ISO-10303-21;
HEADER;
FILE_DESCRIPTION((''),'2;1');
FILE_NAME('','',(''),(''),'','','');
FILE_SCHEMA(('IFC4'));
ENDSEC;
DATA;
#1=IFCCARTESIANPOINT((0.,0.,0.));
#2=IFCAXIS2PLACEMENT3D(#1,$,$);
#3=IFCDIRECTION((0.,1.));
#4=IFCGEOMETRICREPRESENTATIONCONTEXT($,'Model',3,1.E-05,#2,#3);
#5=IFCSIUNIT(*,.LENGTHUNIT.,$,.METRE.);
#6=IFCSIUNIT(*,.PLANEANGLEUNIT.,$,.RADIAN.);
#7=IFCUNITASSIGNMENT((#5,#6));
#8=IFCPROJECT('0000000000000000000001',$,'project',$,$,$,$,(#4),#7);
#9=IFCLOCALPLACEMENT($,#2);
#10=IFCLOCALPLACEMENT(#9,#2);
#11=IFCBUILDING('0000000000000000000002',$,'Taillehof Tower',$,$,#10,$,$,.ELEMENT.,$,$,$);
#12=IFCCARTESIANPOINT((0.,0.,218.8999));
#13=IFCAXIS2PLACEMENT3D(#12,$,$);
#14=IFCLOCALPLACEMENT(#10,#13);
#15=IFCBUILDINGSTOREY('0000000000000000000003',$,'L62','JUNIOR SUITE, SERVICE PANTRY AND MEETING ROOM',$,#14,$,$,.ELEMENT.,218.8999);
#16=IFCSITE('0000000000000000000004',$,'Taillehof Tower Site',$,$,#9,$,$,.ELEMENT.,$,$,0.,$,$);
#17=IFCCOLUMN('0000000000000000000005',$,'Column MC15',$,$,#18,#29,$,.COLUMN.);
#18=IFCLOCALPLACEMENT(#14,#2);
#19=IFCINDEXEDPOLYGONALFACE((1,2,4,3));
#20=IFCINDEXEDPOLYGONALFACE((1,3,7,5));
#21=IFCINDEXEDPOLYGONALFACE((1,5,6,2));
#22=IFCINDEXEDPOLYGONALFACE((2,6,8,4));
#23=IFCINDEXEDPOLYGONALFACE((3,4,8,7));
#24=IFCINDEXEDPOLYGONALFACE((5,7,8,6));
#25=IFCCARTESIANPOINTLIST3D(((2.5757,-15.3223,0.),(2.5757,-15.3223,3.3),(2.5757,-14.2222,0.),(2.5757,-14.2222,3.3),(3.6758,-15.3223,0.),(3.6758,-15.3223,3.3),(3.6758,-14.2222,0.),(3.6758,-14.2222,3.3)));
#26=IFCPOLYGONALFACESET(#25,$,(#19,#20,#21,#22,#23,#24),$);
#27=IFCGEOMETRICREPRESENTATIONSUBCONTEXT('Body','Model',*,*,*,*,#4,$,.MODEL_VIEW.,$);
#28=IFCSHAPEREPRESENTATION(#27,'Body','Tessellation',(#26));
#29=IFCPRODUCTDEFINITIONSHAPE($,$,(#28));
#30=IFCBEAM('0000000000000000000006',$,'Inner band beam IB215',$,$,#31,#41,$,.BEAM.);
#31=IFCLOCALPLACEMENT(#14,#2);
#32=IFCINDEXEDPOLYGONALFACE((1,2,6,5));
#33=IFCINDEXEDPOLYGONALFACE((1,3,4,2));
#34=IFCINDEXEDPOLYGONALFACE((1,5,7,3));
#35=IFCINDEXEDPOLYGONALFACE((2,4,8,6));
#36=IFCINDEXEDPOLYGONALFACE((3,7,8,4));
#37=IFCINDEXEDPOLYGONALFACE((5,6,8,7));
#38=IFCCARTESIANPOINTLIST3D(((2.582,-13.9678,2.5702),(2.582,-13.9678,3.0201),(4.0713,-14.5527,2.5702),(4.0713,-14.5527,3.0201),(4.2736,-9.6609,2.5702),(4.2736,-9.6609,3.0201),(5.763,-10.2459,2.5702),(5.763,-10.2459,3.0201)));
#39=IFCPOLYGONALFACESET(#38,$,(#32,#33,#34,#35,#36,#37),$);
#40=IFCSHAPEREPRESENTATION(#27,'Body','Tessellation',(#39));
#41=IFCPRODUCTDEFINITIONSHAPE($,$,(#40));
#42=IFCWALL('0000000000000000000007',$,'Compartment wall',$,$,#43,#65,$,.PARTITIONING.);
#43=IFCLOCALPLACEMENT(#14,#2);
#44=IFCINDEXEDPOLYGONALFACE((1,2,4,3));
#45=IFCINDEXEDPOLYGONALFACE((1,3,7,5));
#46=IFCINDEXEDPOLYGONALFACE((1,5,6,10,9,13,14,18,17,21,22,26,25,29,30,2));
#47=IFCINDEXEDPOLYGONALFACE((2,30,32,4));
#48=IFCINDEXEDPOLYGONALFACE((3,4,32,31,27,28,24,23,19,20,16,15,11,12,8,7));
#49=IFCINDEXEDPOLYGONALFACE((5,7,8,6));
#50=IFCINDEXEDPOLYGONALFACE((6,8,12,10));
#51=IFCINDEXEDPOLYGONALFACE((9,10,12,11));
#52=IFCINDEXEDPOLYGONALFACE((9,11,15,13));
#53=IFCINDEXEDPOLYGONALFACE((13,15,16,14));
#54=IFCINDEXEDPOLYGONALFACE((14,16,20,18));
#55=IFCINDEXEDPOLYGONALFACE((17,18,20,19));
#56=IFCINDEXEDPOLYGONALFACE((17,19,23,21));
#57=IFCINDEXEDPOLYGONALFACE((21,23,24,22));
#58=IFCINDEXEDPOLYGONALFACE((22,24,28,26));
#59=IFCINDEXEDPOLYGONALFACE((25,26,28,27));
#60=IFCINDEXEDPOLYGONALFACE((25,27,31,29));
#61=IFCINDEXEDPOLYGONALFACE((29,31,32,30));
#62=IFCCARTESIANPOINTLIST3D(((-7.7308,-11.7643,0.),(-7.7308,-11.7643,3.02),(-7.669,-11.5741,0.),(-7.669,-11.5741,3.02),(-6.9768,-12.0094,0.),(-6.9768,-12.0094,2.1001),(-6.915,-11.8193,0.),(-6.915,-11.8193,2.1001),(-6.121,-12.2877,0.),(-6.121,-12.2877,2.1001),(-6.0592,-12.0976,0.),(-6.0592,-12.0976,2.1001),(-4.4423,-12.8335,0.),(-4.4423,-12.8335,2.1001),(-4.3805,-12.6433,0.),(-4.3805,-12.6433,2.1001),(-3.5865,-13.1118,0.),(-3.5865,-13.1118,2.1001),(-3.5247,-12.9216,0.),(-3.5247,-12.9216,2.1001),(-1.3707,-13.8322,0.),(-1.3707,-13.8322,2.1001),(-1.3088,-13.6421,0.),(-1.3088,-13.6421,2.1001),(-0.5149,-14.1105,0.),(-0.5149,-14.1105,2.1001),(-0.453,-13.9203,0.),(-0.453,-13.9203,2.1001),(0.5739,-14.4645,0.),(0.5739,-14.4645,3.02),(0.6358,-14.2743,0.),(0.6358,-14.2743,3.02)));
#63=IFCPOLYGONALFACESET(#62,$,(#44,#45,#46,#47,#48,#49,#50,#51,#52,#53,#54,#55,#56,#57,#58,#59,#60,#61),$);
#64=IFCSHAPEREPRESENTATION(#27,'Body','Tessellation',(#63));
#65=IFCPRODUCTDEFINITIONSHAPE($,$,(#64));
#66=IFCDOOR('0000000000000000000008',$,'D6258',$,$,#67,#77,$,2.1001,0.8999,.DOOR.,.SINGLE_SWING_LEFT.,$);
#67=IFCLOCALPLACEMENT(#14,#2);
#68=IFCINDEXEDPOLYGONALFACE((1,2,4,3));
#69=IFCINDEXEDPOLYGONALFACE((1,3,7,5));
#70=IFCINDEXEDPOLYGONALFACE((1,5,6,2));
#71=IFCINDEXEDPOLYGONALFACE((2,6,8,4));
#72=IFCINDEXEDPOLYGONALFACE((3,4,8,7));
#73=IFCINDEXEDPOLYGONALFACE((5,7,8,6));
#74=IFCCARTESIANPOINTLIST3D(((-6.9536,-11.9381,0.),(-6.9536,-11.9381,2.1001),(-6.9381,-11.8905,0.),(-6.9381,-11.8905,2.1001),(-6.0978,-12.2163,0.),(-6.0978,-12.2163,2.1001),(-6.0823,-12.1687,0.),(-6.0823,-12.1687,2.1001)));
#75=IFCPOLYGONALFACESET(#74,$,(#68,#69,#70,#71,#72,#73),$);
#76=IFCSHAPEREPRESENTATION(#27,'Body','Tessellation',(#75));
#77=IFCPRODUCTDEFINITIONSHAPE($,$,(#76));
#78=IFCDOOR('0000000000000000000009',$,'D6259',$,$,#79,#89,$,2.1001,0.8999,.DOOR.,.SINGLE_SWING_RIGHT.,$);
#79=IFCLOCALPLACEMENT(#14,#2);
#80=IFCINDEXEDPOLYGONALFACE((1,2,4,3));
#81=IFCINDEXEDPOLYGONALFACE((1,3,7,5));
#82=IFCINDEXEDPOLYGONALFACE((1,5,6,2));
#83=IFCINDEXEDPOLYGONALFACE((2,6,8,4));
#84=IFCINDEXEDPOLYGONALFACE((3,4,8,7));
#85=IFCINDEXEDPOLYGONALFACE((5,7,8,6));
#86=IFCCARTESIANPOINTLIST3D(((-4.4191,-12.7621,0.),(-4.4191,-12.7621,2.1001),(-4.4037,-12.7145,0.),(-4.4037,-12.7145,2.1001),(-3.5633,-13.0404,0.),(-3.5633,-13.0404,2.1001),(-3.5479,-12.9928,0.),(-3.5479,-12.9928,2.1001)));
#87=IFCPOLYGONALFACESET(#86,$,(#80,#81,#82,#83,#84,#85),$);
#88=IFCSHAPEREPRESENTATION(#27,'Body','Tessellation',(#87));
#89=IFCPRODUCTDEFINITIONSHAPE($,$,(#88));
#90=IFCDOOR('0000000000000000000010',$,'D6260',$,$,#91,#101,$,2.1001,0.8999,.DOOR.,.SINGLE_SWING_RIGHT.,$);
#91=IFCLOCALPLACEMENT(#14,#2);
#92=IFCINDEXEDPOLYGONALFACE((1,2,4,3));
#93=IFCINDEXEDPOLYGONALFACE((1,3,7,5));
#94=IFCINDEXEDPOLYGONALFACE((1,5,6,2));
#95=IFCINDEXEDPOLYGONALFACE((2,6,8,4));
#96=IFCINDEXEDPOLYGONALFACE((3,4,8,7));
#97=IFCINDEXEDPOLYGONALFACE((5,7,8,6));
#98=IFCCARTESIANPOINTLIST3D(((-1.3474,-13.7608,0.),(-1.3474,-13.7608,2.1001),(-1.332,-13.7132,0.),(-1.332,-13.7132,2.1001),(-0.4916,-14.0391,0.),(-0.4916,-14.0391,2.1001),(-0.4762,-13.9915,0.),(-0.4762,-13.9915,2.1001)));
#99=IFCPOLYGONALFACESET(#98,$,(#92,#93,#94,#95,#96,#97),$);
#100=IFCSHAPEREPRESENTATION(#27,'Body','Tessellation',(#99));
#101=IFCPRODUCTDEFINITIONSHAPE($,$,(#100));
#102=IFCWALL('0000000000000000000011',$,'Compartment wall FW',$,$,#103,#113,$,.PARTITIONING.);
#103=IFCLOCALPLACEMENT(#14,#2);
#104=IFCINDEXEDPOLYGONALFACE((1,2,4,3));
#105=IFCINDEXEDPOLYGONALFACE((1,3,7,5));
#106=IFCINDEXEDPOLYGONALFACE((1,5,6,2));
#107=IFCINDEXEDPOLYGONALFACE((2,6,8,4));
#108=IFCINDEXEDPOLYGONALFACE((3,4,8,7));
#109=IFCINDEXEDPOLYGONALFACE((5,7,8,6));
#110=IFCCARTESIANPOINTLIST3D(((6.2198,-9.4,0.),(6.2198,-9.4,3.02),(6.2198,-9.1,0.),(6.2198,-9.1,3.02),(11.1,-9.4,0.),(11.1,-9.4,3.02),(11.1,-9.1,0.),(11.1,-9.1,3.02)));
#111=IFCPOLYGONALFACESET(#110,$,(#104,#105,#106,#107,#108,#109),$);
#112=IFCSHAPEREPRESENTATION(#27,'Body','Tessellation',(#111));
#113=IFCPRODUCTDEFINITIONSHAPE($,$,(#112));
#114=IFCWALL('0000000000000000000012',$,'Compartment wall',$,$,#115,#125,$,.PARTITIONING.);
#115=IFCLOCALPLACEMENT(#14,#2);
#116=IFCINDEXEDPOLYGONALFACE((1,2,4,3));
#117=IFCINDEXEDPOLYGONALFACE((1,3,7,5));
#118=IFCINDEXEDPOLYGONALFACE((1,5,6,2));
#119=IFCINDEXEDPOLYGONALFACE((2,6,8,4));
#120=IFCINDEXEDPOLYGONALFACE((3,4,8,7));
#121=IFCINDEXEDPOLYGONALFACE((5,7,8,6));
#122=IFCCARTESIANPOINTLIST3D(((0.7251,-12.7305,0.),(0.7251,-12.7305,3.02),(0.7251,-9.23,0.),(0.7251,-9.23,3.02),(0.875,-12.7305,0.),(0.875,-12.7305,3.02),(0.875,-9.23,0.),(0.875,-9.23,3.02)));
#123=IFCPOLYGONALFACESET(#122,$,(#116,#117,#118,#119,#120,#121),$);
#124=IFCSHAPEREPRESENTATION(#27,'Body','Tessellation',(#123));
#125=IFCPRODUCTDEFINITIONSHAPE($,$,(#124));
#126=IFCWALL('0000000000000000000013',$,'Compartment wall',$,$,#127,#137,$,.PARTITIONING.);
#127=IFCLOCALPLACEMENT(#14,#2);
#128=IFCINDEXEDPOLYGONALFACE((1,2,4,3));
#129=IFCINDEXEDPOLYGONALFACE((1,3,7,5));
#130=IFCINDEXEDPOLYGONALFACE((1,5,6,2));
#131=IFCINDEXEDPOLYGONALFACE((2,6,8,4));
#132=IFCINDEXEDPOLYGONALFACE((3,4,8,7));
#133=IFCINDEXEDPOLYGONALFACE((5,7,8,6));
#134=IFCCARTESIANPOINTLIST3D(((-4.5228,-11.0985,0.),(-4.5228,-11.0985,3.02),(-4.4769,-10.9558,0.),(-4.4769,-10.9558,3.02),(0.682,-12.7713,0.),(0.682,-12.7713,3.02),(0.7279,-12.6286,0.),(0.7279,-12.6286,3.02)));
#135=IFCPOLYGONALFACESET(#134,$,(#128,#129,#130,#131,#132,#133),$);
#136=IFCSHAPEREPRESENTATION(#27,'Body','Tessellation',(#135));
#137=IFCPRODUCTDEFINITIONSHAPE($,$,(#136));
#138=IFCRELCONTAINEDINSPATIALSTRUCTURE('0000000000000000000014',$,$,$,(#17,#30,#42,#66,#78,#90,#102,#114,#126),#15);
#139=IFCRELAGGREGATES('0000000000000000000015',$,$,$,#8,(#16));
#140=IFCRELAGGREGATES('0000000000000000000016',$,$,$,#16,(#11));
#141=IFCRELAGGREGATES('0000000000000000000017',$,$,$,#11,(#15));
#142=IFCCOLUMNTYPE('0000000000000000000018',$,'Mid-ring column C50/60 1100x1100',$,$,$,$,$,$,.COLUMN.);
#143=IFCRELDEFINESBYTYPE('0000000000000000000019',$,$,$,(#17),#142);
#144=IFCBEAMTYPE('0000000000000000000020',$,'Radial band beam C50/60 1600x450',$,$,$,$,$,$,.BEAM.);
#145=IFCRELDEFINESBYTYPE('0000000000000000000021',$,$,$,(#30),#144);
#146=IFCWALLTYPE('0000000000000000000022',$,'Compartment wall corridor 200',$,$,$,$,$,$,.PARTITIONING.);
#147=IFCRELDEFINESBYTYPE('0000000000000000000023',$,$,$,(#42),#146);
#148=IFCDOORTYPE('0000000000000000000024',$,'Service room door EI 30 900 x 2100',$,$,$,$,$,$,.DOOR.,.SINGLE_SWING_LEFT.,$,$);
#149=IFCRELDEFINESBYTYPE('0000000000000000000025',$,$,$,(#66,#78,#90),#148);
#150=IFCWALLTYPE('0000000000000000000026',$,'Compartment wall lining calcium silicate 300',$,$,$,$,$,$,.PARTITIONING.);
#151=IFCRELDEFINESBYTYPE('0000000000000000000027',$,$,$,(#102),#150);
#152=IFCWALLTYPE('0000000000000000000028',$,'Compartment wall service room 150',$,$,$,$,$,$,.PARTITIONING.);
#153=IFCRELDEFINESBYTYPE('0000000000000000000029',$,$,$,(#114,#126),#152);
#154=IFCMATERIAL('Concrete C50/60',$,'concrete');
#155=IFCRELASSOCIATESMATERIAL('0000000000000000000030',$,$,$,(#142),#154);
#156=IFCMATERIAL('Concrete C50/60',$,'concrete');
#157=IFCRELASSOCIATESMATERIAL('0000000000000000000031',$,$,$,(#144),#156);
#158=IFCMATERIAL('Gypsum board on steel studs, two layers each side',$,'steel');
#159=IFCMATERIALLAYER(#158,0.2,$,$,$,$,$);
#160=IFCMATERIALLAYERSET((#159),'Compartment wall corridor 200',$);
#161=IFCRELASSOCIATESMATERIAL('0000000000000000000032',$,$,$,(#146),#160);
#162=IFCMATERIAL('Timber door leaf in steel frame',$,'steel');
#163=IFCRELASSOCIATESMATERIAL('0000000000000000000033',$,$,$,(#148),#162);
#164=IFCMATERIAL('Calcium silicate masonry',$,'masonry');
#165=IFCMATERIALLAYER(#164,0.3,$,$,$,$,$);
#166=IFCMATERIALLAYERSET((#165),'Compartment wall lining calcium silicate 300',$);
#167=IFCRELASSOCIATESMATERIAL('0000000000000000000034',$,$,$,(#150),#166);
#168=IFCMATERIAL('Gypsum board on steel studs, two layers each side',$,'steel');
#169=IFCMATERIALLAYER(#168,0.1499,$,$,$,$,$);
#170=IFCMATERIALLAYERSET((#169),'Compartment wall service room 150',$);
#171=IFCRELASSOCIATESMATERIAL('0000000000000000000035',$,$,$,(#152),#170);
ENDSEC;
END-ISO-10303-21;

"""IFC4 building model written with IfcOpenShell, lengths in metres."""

from ifc_helpers import new_model, si_unit, direction, frame, frame_2d, origin, origin_2d, place, context, subcontext, project, spatial, rectangle, extrude, material, layer, layer_set, material_profile, profile_set, type_object, element, fill, save


model = new_model("IFC4")

# Units and contexts
model_context = context("Model", 3, precision=1e-05, world=origin(), true_north=direction((0.0, 1.0)))
body_context = subcontext(model_context, "Body", "Model", "MODEL_VIEW")
ifc_project = project(units=[si_unit("LENGTHUNIT", "METRE"), si_unit("PLANEANGLEUNIT", "RADIAN")], contexts=[model_context])

# Site, building, storey
site_placement = place(None, origin())
site = spatial("IfcSite", under=ifc_project, at=site_placement, Name="Taillehof Tower Site", CompositionType="ELEMENT", RefElevation=0.0)
building_placement = place(site_placement, origin())
building = spatial("IfcBuilding", under=site, at=building_placement, Name="Taillehof Tower", CompositionType="ELEMENT")
storey_placement = place(building_placement, frame((0.0, 0.0, 218.8999)))
storey = spatial("IfcBuildingStorey", under=building, at=storey_placement, Name="L62", Description="JUNIOR SUITE, SERVICE PANTRY AND MEETING ROOM", CompositionType="ELEMENT", Elevation=218.8999)

# Column
ifc_material_1 = material(Name="Concrete C50/60", Category="concrete")
ifc_material_profile_1 = material_profile(ifc_material_1, rectangle(XDim=1.1001, YDim=1.1001, at=origin_2d()), Name="RC 1100x1100")
ifc_profile_set_1 = profile_set([ifc_material_profile_1], Name="Concrete C50/60")
column_type = type_object("IfcColumnType", Name="Mid-ring column C50/60 1100x1100", PredefinedType="COLUMN", material=ifc_profile_set_1)
column_placement = place(storey_placement, frame((3.1257, -14.7722, 0.0), z_axis=(0.0, 0.0, 1.0), x_axis=(1.0, 0.0, 0.0)))
element("IfcColumn", 1, at=column_placement, inside=storey, type_object=column_type, Name="Column MC15", PredefinedType="COLUMN", context=body_context, shape_type="SweptSolid", body=[
    extrude(rectangle(XDim=1.1001, YDim=1.1001, at=origin_2d()), origin(), (0.0, 0.0, 1.0), 3.3),
])

# Beam
ifc_material_2 = material(Name="Concrete C50/60", Category="concrete")
ifc_material_profile_2 = material_profile(ifc_material_2, rectangle(XDim=1.6001, YDim=0.45, at=origin_2d()), Name="RC 1600x450")
ifc_profile_set_2 = profile_set([ifc_material_profile_2], Name="Concrete C50/60")
beam_type = type_object("IfcBeamType", Name="Radial band beam C50/60 1600x450", PredefinedType="BEAM", material=ifc_profile_set_2)
beam_placement = place(storey_placement, frame((3.3267, -14.2603, 2.7952), z_axis=(0.365589, 0.930777, 0.0), x_axis=(-0.930777, 0.365589, 0.0)))
element("IfcBeam", 2, at=beam_placement, inside=storey, type_object=beam_type, Name="Inner band beam IB215", PredefinedType="BEAM", context=body_context, shape_type="SweptSolid", body=[
    extrude(rectangle(XDim=1.6001, YDim=0.45, at=origin_2d()), origin(), (0.0, 0.0, 1.0), 4.6272),
])

# Wall, openings, doors
ifc_material_3 = material(Name="Gypsum board on steel studs, two layers each side", Category="steel")
ifc_layer_1 = layer(ifc_material_3, 0.2)
ifc_layer_set_1 = layer_set([ifc_layer_1], Name="Compartment wall corridor 200")
wall_type_1 = type_object("IfcWallType", Name="Compartment wall corridor 200", PredefinedType="PARTITIONING", material=ifc_layer_set_1)
wall_1_placement = place(storey_placement, frame((0.6047, -14.3694, 0.0), z_axis=(0.0, 0.0, 1.0), x_axis=(-0.950995, 0.309207, 0.0)))
wall_1 = element("IfcWall", 3, at=wall_1_placement, inside=storey, type_object=wall_type_1, Name="Compartment wall", PredefinedType="PARTITIONING", context=body_context, shape_type="SweptSolid", body=[
    extrude(rectangle(XDim=8.7327, YDim=0.2, at=frame_2d((4.3662, 0.0))), origin(), (0.0, 0.0, 1.0), 3.02),
])
opening_1_placement = place(wall_1_placement, frame((7.0398, 0.0, 0.0)))
opening_1 = element("IfcOpeningElement", 4, at=opening_1_placement, cuts=wall_1, PredefinedType="OPENING", context=body_context, shape_type="SweptSolid", body=[
    extrude(rectangle(XDim=0.8999, YDim=2.1001, at=frame_2d((0.45, 1.05))), frame((0.0, 0.1099, 0.0), z_axis=(0.0, -1.0, 0.0), x_axis=(1.0, 0.0, 0.0)), (0.0, 0.0, 1.0), 0.22),
])
opening_2_placement = place(wall_1_placement, frame((4.3748, 0.0, 0.0)))
opening_2 = element("IfcOpeningElement", 5, at=opening_2_placement, cuts=wall_1, PredefinedType="OPENING", context=body_context, shape_type="SweptSolid", body=[
    extrude(rectangle(XDim=0.8999, YDim=2.1001, at=frame_2d((0.45, 1.05))), frame((0.0, 0.1099, 0.0), z_axis=(0.0, -1.0, 0.0), x_axis=(1.0, 0.0, 0.0)), (0.0, 0.0, 1.0), 0.22),
])
opening_3_placement = place(wall_1_placement, frame((1.1448, 0.0, 0.0)))
opening_3 = element("IfcOpeningElement", 6, at=opening_3_placement, cuts=wall_1, PredefinedType="OPENING", context=body_context, shape_type="SweptSolid", body=[
    extrude(rectangle(XDim=0.8999, YDim=2.1001, at=frame_2d((0.45, 1.05))), frame((0.0, 0.1099, 0.0), z_axis=(0.0, -1.0, 0.0), x_axis=(1.0, 0.0, 0.0)), (0.0, 0.0, 1.0), 0.22),
])
ifc_material_4 = material(Name="Timber door leaf in steel frame", Category="steel")
door_type_1 = type_object("IfcDoorType", Name="Service room door EI 30 900 x 2100", OperationType="SINGLE_SWING_LEFT", PredefinedType="DOOR", material=ifc_material_4)
door_1_placement = place(opening_1_placement, origin())
door_1 = element("IfcDoor", 7, at=door_1_placement, inside=storey, type_object=door_type_1, Name="D6258", OperationType="SINGLE_SWING_LEFT", OverallHeight=2.1001, OverallWidth=0.8999, PredefinedType="DOOR", context=body_context, shape_type="SweptSolid", body=[
    extrude(rectangle(XDim=0.8999, YDim=2.1001, at=frame_2d((0.45, 1.05))), frame((0.0, 0.0249, 0.0), z_axis=(0.0, -1.0, 0.0), x_axis=(1.0, 0.0, 0.0)), (0.0, 0.0, 1.0), 0.05),
])
fill(opening_1, door_1)
door_2_placement = place(opening_2_placement, origin())
door_2 = element("IfcDoor", 8, at=door_2_placement, inside=storey, type_object=door_type_1, Name="D6259", OperationType="SINGLE_SWING_RIGHT", OverallHeight=2.1001, OverallWidth=0.8999, PredefinedType="DOOR", context=body_context, shape_type="SweptSolid", body=[
    extrude(rectangle(XDim=0.8999, YDim=2.1001, at=frame_2d((0.45, 1.05))), frame((0.0, 0.0249, 0.0), z_axis=(0.0, -1.0, 0.0), x_axis=(1.0, 0.0, 0.0)), (0.0, 0.0, 1.0), 0.05),
])
fill(opening_2, door_2)
door_3_placement = place(opening_3_placement, origin())
door_3 = element("IfcDoor", 9, at=door_3_placement, inside=storey, type_object=door_type_1, Name="D6260", OperationType="SINGLE_SWING_RIGHT", OverallHeight=2.1001, OverallWidth=0.8999, PredefinedType="DOOR", context=body_context, shape_type="SweptSolid", body=[
    extrude(rectangle(XDim=0.8999, YDim=2.1001, at=frame_2d((0.45, 1.05))), frame((0.0, 0.0249, 0.0), z_axis=(0.0, -1.0, 0.0), x_axis=(1.0, 0.0, 0.0)), (0.0, 0.0, 1.0), 0.05),
])
fill(opening_3, door_3)

# Walls
ifc_material_5 = material(Name="Calcium silicate masonry", Category="masonry")
ifc_layer_2 = layer(ifc_material_5, 0.3)
ifc_layer_set_2 = layer_set([ifc_layer_2], Name="Compartment wall lining calcium silicate 300")
wall_type_2 = type_object("IfcWallType", Name="Compartment wall lining calcium silicate 300", PredefinedType="PARTITIONING", material=ifc_layer_set_2)
wall_2_placement = place(storey_placement, frame((6.22, -9.25, 0.0), z_axis=(0.0, 0.0, 1.0), x_axis=(1.0, 0.0, 0.0)))
element("IfcWall", 10, at=wall_2_placement, inside=storey, type_object=wall_type_2, Name="Compartment wall FW", PredefinedType="PARTITIONING", context=body_context, shape_type="SweptSolid", body=[
    extrude(rectangle(XDim=4.8801, YDim=0.3, at=frame_2d((2.4399, 0.0))), origin(), (0.0, 0.0, 1.0), 3.02),
])
ifc_material_6 = material(Name="Gypsum board on steel studs, two layers each side", Category="steel")
ifc_layer_3 = layer(ifc_material_6, 0.1499)
ifc_layer_set_3 = layer_set([ifc_layer_3], Name="Compartment wall service room 150")
wall_type_3 = type_object("IfcWallType", Name="Compartment wall service room 150", PredefinedType="PARTITIONING", material=ifc_layer_set_3)
wall_3_placement = place(storey_placement, frame((0.8, -9.23, 0.0), z_axis=(0.0, 0.0, 1.0), x_axis=(0.0, -1.0, 0.0)))
element("IfcWall", 11, at=wall_3_placement, inside=storey, type_object=wall_type_3, Name="Compartment wall", PredefinedType="PARTITIONING", context=body_context, shape_type="SweptSolid", body=[
    extrude(rectangle(XDim=3.5005, YDim=0.1499, at=frame_2d((1.7502, 0.0))), origin(), (0.0, 0.0, 1.0), 3.02),
])
wall_4_placement = place(storey_placement, frame((0.7048, -12.7, 0.0), z_axis=(0.0, 0.0, 1.0), x_axis=(-0.952036, 0.305987, 0.0)))
element("IfcWall", 12, at=wall_4_placement, inside=storey, type_object=wall_type_3, Name="Compartment wall", PredefinedType="PARTITIONING", context=body_context, shape_type="SweptSolid", body=[
    extrude(rectangle(XDim=5.467, YDim=0.1499, at=frame_2d((2.7334, 0.0))), origin(), (0.0, 0.0, 1.0), 3.02),
])

save(model, "model.ifc")
